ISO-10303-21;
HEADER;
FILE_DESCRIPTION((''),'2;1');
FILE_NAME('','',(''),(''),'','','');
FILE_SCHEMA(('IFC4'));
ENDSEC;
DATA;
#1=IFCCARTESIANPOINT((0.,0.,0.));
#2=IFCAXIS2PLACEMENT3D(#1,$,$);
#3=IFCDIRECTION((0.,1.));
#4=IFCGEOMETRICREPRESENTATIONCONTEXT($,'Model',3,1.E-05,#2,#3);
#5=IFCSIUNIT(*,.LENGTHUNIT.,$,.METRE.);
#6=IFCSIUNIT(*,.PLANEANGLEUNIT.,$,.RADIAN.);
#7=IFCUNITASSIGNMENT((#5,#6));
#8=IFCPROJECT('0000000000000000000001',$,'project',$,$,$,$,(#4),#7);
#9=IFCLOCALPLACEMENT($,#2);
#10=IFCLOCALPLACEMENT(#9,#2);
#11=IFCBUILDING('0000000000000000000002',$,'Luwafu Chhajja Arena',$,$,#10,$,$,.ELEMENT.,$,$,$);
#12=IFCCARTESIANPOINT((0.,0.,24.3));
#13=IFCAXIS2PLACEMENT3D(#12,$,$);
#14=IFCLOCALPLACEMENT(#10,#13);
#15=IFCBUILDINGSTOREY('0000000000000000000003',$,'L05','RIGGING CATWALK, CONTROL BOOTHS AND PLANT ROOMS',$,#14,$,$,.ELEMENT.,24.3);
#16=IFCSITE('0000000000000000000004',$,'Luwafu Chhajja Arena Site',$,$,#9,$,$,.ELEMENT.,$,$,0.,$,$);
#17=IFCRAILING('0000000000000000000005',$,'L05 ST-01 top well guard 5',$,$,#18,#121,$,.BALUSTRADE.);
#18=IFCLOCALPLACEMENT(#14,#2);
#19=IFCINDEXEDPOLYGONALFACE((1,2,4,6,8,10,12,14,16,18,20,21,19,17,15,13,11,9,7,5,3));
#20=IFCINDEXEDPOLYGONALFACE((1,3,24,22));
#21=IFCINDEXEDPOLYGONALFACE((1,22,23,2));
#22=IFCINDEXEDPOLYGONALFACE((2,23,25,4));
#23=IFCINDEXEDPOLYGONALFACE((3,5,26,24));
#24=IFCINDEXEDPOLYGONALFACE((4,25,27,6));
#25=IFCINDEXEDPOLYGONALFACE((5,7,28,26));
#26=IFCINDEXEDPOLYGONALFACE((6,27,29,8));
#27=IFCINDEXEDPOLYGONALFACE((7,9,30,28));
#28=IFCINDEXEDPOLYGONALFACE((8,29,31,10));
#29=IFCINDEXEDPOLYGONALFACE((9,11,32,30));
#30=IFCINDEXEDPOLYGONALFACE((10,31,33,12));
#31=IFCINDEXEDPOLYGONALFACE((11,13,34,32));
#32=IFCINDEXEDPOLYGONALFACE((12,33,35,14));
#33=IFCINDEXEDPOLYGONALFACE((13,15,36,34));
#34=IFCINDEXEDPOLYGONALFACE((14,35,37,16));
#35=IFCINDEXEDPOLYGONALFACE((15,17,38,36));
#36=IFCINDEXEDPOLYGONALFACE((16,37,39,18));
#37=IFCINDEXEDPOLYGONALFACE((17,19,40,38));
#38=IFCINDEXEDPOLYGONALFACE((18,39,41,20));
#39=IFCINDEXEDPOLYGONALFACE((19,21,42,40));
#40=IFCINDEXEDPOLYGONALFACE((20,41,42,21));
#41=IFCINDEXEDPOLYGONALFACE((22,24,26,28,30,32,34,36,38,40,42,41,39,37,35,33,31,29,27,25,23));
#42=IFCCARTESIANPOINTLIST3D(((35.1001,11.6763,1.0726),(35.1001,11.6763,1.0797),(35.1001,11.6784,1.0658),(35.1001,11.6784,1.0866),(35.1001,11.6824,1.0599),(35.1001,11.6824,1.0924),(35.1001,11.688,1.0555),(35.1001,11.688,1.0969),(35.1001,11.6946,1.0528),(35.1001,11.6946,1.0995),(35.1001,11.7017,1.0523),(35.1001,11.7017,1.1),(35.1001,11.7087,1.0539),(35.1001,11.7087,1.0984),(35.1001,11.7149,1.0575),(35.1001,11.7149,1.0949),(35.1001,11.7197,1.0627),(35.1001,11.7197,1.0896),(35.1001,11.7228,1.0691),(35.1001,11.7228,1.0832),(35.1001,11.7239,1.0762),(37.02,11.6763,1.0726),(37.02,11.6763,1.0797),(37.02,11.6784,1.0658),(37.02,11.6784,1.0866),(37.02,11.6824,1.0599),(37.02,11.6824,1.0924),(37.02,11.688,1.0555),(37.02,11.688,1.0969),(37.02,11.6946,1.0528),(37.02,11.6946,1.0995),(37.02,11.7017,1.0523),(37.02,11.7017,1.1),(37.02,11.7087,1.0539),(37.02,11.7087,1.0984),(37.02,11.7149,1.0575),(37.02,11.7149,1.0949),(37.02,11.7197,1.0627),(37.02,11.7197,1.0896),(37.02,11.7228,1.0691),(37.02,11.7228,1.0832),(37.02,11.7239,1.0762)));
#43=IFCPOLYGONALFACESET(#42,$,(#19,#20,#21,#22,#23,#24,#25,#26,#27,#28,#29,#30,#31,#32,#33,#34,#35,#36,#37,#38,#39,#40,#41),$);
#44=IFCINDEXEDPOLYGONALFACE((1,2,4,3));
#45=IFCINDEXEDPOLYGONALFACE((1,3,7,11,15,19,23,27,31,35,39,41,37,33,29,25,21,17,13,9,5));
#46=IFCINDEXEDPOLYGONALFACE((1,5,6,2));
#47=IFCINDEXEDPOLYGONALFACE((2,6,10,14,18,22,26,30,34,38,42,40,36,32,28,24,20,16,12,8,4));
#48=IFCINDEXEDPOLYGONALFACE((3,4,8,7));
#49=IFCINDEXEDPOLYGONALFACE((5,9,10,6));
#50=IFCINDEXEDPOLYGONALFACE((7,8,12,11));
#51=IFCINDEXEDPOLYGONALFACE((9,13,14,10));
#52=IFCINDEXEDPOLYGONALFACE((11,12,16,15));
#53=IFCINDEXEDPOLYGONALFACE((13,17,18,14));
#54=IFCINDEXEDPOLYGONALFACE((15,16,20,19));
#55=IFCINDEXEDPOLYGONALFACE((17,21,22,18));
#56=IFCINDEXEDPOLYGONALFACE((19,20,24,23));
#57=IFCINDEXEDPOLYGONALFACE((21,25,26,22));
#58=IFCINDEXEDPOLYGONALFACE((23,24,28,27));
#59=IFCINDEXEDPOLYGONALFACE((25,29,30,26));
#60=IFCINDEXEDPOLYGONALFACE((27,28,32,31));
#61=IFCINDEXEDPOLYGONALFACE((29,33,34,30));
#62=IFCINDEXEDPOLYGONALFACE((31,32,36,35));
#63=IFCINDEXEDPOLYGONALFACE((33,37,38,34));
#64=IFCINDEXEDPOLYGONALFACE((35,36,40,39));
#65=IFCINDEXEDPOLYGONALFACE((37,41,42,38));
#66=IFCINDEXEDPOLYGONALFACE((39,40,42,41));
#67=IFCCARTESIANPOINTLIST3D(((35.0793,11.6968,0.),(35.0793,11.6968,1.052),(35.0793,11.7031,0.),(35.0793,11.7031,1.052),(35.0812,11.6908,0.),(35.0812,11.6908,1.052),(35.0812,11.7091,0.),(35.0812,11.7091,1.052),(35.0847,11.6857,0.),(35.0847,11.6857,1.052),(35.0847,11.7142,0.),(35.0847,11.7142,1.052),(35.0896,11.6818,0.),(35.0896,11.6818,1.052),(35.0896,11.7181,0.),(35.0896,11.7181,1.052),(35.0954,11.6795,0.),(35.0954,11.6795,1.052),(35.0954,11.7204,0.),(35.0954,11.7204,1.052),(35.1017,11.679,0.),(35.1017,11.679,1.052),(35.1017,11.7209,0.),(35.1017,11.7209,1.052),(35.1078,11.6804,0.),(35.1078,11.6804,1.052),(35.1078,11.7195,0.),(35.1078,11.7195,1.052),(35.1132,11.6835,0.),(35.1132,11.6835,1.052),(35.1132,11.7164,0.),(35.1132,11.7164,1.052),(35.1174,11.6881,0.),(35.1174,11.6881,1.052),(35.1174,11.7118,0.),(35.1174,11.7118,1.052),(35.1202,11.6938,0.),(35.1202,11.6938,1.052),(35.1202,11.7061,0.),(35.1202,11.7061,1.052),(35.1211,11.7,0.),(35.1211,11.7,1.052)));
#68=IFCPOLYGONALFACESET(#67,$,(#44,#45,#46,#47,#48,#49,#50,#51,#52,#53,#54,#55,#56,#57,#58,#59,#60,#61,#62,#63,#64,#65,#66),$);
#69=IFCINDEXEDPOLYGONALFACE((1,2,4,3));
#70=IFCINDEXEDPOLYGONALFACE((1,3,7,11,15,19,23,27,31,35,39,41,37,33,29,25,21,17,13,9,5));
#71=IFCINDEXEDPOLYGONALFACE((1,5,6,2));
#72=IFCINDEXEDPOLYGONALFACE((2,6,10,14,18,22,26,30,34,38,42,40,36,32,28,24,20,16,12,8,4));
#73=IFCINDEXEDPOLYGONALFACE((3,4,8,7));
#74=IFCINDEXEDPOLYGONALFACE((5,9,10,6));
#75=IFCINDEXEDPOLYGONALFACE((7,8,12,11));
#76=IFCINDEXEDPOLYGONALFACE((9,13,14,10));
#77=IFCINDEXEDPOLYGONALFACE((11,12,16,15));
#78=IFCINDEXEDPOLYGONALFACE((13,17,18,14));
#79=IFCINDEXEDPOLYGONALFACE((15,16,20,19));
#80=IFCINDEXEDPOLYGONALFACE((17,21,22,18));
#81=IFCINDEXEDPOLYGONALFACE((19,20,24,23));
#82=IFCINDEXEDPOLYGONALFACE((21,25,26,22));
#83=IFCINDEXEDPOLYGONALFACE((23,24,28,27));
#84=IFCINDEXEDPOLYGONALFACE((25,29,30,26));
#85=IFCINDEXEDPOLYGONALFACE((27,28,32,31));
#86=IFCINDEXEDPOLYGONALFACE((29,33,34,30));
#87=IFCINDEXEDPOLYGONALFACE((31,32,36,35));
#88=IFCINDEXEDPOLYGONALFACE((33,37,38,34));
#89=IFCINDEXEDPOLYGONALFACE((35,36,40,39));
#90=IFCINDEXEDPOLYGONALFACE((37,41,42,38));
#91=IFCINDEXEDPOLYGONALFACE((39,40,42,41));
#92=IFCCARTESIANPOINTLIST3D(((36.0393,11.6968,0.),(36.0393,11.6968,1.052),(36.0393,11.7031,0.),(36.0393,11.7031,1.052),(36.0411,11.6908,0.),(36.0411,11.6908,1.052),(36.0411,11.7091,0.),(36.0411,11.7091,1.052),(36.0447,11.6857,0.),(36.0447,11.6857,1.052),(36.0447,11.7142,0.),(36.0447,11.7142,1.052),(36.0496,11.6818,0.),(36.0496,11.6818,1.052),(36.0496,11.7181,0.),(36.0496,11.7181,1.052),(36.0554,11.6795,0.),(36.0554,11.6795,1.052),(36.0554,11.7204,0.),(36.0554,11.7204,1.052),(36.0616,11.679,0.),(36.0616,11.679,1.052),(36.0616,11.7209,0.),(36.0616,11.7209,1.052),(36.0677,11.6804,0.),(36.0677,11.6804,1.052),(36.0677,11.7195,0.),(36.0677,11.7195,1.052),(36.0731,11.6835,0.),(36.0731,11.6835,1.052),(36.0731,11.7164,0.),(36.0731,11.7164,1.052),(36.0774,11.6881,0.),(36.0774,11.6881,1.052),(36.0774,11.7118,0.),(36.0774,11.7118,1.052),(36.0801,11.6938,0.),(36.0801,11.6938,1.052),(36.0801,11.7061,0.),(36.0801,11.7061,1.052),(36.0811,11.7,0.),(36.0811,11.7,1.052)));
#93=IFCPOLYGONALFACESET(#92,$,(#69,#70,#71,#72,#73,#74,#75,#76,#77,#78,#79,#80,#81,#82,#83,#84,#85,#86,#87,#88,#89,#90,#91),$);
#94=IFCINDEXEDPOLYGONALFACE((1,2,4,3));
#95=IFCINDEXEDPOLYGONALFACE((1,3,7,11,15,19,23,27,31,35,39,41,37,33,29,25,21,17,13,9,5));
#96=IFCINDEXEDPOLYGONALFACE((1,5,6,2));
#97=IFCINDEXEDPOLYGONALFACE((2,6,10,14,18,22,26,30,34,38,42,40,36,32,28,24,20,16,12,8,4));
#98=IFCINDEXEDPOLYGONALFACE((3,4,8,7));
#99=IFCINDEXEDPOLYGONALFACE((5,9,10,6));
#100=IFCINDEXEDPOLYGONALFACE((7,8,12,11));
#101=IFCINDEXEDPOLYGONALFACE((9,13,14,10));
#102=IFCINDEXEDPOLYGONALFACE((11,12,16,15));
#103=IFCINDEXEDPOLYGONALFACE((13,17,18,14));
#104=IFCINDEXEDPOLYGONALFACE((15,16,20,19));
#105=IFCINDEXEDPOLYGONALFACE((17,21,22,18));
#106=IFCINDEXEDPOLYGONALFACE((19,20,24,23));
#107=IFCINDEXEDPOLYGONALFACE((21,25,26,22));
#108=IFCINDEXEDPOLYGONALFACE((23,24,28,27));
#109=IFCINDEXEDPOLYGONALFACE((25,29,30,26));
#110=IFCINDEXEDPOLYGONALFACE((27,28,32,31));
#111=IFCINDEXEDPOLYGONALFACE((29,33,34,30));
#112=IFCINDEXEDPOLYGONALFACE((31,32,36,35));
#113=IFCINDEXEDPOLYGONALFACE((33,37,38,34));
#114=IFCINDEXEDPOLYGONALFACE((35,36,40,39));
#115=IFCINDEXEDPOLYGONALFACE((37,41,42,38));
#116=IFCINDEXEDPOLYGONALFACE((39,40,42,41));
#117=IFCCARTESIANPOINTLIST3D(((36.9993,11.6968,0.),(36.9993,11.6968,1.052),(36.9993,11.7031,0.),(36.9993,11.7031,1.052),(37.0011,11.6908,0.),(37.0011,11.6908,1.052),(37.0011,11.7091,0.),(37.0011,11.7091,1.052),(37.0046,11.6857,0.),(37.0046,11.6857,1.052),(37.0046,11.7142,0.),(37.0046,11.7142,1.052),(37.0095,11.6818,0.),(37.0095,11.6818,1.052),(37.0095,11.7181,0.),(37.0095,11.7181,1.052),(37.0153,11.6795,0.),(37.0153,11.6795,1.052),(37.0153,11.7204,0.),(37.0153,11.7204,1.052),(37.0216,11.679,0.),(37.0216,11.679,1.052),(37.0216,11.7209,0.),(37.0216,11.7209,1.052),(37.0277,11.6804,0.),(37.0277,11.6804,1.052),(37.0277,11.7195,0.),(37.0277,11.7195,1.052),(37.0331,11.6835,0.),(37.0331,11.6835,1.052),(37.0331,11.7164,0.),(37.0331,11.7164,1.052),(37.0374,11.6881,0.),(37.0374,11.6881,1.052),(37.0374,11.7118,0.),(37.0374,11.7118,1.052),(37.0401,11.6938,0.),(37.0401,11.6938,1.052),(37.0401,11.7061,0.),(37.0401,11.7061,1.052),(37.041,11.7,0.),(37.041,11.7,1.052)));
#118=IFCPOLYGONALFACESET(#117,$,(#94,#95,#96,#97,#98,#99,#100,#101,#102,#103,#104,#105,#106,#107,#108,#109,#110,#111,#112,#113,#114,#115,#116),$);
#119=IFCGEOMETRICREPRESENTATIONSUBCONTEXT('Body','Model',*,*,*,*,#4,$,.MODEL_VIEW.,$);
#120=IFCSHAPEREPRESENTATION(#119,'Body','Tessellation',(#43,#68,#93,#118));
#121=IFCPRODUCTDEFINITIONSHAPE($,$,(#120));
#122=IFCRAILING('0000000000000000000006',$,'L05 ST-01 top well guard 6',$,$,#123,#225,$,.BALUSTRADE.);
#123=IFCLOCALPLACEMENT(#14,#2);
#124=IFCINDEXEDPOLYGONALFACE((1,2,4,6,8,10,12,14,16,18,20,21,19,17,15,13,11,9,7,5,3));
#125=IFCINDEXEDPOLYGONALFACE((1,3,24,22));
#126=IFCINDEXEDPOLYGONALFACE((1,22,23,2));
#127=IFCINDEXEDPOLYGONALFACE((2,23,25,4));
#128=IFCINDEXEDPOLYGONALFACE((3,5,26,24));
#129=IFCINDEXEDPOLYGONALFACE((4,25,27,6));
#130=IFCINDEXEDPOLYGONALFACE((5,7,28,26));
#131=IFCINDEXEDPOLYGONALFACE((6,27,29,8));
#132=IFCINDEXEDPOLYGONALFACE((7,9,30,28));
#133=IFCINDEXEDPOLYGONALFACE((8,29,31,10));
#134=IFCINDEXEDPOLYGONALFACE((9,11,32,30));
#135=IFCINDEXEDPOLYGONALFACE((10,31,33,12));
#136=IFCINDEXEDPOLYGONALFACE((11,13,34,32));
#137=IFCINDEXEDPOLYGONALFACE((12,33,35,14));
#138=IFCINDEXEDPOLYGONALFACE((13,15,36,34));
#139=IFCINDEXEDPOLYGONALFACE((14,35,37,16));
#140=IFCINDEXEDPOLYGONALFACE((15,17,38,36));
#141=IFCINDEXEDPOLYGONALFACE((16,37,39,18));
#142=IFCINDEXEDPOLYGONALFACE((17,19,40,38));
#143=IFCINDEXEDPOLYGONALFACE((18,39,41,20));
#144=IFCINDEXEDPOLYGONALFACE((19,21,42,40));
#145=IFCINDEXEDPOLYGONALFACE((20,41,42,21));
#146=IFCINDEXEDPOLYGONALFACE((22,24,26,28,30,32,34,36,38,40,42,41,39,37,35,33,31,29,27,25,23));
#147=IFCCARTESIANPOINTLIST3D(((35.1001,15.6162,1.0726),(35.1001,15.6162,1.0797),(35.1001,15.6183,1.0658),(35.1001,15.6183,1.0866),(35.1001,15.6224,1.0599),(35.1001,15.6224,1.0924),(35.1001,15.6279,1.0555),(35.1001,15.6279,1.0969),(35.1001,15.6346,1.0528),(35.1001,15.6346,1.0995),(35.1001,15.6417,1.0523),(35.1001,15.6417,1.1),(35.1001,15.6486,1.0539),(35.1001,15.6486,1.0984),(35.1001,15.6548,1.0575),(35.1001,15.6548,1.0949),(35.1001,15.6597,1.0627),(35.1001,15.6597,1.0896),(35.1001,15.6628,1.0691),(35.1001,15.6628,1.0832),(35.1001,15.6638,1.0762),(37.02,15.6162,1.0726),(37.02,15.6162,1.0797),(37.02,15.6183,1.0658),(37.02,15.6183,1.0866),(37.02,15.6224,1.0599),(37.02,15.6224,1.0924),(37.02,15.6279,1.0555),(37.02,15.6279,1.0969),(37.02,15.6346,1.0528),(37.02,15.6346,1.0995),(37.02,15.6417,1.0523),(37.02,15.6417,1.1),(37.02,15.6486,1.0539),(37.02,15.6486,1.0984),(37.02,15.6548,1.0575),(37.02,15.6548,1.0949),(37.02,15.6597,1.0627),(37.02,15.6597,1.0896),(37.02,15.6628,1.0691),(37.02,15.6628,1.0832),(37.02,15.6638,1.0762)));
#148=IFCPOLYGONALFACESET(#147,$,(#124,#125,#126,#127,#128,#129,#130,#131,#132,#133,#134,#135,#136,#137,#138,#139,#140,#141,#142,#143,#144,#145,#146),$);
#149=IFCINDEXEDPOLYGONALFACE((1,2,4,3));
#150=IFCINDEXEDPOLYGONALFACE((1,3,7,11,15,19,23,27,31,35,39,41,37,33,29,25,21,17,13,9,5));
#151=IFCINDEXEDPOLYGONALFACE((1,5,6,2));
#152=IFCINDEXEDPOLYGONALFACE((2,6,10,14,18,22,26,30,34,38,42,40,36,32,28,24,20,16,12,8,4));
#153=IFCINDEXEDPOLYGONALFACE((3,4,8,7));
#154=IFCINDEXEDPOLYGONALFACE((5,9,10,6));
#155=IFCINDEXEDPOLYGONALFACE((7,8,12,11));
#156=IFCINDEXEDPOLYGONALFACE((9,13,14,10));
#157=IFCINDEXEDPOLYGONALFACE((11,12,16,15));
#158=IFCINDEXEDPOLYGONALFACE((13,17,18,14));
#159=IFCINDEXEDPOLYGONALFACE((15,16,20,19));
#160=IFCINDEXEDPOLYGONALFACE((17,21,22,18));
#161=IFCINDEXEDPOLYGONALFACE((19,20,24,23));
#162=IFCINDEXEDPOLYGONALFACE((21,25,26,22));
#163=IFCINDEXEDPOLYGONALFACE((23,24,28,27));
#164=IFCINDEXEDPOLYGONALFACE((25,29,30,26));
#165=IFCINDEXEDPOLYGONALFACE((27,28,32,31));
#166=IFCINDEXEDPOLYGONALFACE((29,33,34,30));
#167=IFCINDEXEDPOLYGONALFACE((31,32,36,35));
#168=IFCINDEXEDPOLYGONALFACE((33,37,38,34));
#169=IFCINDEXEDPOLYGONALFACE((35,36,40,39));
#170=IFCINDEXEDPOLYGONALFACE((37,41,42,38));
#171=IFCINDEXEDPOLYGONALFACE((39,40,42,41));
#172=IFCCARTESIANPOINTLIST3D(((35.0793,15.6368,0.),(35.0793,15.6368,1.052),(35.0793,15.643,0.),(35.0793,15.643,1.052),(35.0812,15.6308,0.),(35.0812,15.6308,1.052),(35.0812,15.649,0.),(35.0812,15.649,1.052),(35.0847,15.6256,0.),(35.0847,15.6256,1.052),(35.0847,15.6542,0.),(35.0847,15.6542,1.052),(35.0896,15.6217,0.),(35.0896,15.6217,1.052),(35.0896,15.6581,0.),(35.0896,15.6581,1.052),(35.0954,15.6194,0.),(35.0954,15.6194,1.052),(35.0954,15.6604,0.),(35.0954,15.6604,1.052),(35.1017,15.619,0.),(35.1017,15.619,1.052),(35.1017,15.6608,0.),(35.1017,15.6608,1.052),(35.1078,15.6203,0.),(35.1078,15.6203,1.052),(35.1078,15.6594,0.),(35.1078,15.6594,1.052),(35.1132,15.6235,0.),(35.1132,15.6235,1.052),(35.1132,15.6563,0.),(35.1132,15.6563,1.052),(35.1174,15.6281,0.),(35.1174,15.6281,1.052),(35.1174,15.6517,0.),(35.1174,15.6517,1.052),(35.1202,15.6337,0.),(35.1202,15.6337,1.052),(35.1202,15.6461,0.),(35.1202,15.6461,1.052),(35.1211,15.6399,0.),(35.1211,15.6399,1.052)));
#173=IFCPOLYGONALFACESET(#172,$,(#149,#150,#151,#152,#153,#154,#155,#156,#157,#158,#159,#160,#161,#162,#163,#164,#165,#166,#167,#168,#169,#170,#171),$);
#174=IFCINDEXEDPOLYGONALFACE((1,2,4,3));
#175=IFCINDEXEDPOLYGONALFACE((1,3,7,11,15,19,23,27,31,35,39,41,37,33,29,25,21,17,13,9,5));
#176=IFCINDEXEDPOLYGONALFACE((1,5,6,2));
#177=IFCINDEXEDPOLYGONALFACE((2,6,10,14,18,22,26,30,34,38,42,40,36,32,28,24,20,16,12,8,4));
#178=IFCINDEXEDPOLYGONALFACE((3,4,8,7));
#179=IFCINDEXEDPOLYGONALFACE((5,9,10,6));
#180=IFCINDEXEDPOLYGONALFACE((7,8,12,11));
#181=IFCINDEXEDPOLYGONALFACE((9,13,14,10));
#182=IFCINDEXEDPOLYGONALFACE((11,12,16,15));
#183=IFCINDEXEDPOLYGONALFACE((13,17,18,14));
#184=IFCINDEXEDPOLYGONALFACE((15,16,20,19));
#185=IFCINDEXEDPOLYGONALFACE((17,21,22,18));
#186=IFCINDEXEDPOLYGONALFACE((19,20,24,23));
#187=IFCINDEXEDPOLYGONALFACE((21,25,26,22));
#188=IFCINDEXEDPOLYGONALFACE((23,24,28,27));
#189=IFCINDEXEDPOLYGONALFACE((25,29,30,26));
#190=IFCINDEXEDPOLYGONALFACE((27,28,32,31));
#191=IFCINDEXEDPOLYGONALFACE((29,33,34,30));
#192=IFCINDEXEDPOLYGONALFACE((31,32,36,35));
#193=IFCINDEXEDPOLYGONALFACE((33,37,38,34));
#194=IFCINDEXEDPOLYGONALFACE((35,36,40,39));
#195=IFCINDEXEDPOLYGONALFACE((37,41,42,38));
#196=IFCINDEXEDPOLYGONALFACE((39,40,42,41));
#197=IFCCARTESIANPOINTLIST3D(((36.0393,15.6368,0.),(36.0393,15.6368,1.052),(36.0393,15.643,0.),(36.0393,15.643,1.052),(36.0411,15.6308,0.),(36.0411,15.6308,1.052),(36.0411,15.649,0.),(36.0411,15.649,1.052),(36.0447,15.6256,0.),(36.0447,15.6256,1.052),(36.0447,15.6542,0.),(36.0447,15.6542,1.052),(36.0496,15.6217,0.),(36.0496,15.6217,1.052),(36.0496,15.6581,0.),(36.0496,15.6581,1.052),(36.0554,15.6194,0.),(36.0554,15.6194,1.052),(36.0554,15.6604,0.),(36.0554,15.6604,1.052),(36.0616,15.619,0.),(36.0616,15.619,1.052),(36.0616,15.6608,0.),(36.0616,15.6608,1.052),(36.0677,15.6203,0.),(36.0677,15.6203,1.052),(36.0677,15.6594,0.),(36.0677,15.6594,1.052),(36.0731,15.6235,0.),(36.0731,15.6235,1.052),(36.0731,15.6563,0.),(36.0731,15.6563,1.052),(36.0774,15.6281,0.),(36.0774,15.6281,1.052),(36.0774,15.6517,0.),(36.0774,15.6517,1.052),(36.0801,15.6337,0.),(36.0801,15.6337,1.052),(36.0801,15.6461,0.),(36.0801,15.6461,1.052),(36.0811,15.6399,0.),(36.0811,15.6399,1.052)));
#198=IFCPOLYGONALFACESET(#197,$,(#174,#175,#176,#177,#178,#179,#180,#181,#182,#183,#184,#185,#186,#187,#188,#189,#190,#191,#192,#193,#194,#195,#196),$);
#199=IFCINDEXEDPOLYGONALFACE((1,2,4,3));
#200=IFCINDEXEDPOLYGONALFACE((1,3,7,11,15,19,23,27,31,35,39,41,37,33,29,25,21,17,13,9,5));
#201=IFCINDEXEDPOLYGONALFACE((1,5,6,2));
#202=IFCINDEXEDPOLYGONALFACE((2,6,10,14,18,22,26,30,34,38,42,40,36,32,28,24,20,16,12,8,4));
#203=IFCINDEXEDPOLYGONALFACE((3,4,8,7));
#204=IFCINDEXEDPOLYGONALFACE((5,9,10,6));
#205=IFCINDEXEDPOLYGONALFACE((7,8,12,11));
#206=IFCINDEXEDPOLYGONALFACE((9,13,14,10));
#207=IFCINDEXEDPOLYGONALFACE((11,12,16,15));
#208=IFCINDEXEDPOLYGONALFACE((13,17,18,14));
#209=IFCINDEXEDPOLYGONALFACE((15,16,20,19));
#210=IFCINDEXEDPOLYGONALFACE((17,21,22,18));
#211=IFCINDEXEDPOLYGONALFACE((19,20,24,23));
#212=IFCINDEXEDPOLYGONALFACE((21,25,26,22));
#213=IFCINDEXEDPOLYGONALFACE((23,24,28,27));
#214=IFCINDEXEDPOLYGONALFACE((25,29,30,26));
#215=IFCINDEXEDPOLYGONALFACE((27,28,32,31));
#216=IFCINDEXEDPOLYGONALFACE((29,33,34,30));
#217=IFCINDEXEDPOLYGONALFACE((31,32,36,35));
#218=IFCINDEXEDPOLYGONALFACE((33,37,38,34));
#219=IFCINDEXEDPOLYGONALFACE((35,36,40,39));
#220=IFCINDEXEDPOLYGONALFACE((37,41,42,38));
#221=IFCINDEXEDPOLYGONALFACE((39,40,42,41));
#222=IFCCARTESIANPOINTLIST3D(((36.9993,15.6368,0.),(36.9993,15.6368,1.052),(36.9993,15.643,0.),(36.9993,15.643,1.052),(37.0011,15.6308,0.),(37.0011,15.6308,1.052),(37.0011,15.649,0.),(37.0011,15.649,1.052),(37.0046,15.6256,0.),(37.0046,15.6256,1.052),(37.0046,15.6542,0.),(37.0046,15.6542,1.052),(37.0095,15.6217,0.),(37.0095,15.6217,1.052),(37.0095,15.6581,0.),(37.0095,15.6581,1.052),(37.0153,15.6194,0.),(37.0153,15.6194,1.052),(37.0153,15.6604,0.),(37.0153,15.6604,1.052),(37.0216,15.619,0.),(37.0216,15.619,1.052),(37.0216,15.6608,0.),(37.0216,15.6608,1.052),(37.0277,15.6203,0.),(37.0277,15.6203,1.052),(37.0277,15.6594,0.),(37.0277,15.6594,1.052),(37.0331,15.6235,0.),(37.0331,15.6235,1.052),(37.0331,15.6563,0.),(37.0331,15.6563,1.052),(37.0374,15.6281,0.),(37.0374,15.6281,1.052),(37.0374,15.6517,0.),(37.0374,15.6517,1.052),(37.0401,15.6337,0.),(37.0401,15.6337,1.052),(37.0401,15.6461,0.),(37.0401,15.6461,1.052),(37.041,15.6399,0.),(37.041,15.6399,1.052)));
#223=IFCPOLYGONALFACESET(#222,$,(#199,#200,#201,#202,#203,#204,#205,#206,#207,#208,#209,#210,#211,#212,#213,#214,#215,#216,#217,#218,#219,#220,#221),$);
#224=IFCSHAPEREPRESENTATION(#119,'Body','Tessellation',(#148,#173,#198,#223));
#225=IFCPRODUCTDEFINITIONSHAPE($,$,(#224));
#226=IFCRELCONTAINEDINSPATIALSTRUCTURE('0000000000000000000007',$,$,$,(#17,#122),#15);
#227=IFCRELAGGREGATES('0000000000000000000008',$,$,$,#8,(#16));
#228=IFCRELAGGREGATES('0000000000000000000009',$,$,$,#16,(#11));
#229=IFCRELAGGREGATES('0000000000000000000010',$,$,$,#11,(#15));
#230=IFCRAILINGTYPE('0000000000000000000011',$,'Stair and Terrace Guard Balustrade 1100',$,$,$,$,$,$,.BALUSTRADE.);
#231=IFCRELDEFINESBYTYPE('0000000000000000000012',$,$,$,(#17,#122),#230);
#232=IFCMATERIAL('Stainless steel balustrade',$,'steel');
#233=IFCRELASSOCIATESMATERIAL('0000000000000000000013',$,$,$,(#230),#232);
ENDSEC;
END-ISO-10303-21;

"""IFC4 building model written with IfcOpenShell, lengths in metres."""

from ifc_helpers import new_model, si_unit, direction, frame, origin, origin_2d, place, context, subcontext, project, spatial, circle, extrude, material, type_object, element, save


model = new_model("IFC4")

# Units and contexts
model_context = context("Model", 3, precision=1e-05, world=origin(), true_north=direction((0.0, 1.0)))
body_context = subcontext(model_context, "Body", "Model", "MODEL_VIEW")
ifc_project = project(units=[si_unit("LENGTHUNIT", "METRE"), si_unit("PLANEANGLEUNIT", "RADIAN")], contexts=[model_context])

# Site, building, storey
site_placement = place(None, origin())
site = spatial("IfcSite", under=ifc_project, at=site_placement, Name="Luwafu Chhajja Arena Site", CompositionType="ELEMENT", RefElevation=0.0)
building_placement = place(site_placement, origin())
building = spatial("IfcBuilding", under=site, at=building_placement, Name="Luwafu Chhajja Arena", CompositionType="ELEMENT")
storey_placement = place(building_placement, frame((0.0, 0.0, 24.3)))
storey = spatial("IfcBuildingStorey", under=building, at=storey_placement, Name="L05", Description="RIGGING CATWALK, CONTROL BOOTHS AND PLANT ROOMS", CompositionType="ELEMENT", Elevation=24.3)

# Railings
ifc_material_1 = material(Name="Stainless steel balustrade", Category="steel")
railing_type = type_object("IfcRailingType", Name="Stair and Terrace Guard Balustrade 1100", PredefinedType="BALUSTRADE", material=ifc_material_1)
for number, where, name in (
    (1, (35.1001, 11.7, 0.0), "L05 ST-01 top well guard 5"),
    (2, (35.1001, 15.6399, 0.0), "L05 ST-01 top well guard 6"),
):
    element("IfcRailing", number, at=place(storey_placement, frame(where)), inside=storey, type_object=railing_type, Name=name, PredefinedType="BALUSTRADE", context=body_context, shape_type="SweptSolid", body=[
        extrude(circle(Radius=0.0239, at=origin_2d()), frame((0.0, 0.0, 1.0762), z_axis=(1.0, 0.0, 0.0), x_axis=(0.0, 1.0, 0.0)), (0.0, 0.0, 1.0), 1.9199),
        extrude(circle(Radius=0.021, at=origin_2d()), origin(), (0.0, 0.0, 1.0), 1.052),
        extrude(circle(Radius=0.021, at=origin_2d()), frame((0.96, 0.0, 0.0)), (0.0, 0.0, 1.0), 1.052),
        extrude(circle(Radius=0.021, at=origin_2d()), frame((1.9199, 0.0, 0.0)), (0.0, 0.0, 1.0), 1.052),
    ])

save(model, "model.ifc")
